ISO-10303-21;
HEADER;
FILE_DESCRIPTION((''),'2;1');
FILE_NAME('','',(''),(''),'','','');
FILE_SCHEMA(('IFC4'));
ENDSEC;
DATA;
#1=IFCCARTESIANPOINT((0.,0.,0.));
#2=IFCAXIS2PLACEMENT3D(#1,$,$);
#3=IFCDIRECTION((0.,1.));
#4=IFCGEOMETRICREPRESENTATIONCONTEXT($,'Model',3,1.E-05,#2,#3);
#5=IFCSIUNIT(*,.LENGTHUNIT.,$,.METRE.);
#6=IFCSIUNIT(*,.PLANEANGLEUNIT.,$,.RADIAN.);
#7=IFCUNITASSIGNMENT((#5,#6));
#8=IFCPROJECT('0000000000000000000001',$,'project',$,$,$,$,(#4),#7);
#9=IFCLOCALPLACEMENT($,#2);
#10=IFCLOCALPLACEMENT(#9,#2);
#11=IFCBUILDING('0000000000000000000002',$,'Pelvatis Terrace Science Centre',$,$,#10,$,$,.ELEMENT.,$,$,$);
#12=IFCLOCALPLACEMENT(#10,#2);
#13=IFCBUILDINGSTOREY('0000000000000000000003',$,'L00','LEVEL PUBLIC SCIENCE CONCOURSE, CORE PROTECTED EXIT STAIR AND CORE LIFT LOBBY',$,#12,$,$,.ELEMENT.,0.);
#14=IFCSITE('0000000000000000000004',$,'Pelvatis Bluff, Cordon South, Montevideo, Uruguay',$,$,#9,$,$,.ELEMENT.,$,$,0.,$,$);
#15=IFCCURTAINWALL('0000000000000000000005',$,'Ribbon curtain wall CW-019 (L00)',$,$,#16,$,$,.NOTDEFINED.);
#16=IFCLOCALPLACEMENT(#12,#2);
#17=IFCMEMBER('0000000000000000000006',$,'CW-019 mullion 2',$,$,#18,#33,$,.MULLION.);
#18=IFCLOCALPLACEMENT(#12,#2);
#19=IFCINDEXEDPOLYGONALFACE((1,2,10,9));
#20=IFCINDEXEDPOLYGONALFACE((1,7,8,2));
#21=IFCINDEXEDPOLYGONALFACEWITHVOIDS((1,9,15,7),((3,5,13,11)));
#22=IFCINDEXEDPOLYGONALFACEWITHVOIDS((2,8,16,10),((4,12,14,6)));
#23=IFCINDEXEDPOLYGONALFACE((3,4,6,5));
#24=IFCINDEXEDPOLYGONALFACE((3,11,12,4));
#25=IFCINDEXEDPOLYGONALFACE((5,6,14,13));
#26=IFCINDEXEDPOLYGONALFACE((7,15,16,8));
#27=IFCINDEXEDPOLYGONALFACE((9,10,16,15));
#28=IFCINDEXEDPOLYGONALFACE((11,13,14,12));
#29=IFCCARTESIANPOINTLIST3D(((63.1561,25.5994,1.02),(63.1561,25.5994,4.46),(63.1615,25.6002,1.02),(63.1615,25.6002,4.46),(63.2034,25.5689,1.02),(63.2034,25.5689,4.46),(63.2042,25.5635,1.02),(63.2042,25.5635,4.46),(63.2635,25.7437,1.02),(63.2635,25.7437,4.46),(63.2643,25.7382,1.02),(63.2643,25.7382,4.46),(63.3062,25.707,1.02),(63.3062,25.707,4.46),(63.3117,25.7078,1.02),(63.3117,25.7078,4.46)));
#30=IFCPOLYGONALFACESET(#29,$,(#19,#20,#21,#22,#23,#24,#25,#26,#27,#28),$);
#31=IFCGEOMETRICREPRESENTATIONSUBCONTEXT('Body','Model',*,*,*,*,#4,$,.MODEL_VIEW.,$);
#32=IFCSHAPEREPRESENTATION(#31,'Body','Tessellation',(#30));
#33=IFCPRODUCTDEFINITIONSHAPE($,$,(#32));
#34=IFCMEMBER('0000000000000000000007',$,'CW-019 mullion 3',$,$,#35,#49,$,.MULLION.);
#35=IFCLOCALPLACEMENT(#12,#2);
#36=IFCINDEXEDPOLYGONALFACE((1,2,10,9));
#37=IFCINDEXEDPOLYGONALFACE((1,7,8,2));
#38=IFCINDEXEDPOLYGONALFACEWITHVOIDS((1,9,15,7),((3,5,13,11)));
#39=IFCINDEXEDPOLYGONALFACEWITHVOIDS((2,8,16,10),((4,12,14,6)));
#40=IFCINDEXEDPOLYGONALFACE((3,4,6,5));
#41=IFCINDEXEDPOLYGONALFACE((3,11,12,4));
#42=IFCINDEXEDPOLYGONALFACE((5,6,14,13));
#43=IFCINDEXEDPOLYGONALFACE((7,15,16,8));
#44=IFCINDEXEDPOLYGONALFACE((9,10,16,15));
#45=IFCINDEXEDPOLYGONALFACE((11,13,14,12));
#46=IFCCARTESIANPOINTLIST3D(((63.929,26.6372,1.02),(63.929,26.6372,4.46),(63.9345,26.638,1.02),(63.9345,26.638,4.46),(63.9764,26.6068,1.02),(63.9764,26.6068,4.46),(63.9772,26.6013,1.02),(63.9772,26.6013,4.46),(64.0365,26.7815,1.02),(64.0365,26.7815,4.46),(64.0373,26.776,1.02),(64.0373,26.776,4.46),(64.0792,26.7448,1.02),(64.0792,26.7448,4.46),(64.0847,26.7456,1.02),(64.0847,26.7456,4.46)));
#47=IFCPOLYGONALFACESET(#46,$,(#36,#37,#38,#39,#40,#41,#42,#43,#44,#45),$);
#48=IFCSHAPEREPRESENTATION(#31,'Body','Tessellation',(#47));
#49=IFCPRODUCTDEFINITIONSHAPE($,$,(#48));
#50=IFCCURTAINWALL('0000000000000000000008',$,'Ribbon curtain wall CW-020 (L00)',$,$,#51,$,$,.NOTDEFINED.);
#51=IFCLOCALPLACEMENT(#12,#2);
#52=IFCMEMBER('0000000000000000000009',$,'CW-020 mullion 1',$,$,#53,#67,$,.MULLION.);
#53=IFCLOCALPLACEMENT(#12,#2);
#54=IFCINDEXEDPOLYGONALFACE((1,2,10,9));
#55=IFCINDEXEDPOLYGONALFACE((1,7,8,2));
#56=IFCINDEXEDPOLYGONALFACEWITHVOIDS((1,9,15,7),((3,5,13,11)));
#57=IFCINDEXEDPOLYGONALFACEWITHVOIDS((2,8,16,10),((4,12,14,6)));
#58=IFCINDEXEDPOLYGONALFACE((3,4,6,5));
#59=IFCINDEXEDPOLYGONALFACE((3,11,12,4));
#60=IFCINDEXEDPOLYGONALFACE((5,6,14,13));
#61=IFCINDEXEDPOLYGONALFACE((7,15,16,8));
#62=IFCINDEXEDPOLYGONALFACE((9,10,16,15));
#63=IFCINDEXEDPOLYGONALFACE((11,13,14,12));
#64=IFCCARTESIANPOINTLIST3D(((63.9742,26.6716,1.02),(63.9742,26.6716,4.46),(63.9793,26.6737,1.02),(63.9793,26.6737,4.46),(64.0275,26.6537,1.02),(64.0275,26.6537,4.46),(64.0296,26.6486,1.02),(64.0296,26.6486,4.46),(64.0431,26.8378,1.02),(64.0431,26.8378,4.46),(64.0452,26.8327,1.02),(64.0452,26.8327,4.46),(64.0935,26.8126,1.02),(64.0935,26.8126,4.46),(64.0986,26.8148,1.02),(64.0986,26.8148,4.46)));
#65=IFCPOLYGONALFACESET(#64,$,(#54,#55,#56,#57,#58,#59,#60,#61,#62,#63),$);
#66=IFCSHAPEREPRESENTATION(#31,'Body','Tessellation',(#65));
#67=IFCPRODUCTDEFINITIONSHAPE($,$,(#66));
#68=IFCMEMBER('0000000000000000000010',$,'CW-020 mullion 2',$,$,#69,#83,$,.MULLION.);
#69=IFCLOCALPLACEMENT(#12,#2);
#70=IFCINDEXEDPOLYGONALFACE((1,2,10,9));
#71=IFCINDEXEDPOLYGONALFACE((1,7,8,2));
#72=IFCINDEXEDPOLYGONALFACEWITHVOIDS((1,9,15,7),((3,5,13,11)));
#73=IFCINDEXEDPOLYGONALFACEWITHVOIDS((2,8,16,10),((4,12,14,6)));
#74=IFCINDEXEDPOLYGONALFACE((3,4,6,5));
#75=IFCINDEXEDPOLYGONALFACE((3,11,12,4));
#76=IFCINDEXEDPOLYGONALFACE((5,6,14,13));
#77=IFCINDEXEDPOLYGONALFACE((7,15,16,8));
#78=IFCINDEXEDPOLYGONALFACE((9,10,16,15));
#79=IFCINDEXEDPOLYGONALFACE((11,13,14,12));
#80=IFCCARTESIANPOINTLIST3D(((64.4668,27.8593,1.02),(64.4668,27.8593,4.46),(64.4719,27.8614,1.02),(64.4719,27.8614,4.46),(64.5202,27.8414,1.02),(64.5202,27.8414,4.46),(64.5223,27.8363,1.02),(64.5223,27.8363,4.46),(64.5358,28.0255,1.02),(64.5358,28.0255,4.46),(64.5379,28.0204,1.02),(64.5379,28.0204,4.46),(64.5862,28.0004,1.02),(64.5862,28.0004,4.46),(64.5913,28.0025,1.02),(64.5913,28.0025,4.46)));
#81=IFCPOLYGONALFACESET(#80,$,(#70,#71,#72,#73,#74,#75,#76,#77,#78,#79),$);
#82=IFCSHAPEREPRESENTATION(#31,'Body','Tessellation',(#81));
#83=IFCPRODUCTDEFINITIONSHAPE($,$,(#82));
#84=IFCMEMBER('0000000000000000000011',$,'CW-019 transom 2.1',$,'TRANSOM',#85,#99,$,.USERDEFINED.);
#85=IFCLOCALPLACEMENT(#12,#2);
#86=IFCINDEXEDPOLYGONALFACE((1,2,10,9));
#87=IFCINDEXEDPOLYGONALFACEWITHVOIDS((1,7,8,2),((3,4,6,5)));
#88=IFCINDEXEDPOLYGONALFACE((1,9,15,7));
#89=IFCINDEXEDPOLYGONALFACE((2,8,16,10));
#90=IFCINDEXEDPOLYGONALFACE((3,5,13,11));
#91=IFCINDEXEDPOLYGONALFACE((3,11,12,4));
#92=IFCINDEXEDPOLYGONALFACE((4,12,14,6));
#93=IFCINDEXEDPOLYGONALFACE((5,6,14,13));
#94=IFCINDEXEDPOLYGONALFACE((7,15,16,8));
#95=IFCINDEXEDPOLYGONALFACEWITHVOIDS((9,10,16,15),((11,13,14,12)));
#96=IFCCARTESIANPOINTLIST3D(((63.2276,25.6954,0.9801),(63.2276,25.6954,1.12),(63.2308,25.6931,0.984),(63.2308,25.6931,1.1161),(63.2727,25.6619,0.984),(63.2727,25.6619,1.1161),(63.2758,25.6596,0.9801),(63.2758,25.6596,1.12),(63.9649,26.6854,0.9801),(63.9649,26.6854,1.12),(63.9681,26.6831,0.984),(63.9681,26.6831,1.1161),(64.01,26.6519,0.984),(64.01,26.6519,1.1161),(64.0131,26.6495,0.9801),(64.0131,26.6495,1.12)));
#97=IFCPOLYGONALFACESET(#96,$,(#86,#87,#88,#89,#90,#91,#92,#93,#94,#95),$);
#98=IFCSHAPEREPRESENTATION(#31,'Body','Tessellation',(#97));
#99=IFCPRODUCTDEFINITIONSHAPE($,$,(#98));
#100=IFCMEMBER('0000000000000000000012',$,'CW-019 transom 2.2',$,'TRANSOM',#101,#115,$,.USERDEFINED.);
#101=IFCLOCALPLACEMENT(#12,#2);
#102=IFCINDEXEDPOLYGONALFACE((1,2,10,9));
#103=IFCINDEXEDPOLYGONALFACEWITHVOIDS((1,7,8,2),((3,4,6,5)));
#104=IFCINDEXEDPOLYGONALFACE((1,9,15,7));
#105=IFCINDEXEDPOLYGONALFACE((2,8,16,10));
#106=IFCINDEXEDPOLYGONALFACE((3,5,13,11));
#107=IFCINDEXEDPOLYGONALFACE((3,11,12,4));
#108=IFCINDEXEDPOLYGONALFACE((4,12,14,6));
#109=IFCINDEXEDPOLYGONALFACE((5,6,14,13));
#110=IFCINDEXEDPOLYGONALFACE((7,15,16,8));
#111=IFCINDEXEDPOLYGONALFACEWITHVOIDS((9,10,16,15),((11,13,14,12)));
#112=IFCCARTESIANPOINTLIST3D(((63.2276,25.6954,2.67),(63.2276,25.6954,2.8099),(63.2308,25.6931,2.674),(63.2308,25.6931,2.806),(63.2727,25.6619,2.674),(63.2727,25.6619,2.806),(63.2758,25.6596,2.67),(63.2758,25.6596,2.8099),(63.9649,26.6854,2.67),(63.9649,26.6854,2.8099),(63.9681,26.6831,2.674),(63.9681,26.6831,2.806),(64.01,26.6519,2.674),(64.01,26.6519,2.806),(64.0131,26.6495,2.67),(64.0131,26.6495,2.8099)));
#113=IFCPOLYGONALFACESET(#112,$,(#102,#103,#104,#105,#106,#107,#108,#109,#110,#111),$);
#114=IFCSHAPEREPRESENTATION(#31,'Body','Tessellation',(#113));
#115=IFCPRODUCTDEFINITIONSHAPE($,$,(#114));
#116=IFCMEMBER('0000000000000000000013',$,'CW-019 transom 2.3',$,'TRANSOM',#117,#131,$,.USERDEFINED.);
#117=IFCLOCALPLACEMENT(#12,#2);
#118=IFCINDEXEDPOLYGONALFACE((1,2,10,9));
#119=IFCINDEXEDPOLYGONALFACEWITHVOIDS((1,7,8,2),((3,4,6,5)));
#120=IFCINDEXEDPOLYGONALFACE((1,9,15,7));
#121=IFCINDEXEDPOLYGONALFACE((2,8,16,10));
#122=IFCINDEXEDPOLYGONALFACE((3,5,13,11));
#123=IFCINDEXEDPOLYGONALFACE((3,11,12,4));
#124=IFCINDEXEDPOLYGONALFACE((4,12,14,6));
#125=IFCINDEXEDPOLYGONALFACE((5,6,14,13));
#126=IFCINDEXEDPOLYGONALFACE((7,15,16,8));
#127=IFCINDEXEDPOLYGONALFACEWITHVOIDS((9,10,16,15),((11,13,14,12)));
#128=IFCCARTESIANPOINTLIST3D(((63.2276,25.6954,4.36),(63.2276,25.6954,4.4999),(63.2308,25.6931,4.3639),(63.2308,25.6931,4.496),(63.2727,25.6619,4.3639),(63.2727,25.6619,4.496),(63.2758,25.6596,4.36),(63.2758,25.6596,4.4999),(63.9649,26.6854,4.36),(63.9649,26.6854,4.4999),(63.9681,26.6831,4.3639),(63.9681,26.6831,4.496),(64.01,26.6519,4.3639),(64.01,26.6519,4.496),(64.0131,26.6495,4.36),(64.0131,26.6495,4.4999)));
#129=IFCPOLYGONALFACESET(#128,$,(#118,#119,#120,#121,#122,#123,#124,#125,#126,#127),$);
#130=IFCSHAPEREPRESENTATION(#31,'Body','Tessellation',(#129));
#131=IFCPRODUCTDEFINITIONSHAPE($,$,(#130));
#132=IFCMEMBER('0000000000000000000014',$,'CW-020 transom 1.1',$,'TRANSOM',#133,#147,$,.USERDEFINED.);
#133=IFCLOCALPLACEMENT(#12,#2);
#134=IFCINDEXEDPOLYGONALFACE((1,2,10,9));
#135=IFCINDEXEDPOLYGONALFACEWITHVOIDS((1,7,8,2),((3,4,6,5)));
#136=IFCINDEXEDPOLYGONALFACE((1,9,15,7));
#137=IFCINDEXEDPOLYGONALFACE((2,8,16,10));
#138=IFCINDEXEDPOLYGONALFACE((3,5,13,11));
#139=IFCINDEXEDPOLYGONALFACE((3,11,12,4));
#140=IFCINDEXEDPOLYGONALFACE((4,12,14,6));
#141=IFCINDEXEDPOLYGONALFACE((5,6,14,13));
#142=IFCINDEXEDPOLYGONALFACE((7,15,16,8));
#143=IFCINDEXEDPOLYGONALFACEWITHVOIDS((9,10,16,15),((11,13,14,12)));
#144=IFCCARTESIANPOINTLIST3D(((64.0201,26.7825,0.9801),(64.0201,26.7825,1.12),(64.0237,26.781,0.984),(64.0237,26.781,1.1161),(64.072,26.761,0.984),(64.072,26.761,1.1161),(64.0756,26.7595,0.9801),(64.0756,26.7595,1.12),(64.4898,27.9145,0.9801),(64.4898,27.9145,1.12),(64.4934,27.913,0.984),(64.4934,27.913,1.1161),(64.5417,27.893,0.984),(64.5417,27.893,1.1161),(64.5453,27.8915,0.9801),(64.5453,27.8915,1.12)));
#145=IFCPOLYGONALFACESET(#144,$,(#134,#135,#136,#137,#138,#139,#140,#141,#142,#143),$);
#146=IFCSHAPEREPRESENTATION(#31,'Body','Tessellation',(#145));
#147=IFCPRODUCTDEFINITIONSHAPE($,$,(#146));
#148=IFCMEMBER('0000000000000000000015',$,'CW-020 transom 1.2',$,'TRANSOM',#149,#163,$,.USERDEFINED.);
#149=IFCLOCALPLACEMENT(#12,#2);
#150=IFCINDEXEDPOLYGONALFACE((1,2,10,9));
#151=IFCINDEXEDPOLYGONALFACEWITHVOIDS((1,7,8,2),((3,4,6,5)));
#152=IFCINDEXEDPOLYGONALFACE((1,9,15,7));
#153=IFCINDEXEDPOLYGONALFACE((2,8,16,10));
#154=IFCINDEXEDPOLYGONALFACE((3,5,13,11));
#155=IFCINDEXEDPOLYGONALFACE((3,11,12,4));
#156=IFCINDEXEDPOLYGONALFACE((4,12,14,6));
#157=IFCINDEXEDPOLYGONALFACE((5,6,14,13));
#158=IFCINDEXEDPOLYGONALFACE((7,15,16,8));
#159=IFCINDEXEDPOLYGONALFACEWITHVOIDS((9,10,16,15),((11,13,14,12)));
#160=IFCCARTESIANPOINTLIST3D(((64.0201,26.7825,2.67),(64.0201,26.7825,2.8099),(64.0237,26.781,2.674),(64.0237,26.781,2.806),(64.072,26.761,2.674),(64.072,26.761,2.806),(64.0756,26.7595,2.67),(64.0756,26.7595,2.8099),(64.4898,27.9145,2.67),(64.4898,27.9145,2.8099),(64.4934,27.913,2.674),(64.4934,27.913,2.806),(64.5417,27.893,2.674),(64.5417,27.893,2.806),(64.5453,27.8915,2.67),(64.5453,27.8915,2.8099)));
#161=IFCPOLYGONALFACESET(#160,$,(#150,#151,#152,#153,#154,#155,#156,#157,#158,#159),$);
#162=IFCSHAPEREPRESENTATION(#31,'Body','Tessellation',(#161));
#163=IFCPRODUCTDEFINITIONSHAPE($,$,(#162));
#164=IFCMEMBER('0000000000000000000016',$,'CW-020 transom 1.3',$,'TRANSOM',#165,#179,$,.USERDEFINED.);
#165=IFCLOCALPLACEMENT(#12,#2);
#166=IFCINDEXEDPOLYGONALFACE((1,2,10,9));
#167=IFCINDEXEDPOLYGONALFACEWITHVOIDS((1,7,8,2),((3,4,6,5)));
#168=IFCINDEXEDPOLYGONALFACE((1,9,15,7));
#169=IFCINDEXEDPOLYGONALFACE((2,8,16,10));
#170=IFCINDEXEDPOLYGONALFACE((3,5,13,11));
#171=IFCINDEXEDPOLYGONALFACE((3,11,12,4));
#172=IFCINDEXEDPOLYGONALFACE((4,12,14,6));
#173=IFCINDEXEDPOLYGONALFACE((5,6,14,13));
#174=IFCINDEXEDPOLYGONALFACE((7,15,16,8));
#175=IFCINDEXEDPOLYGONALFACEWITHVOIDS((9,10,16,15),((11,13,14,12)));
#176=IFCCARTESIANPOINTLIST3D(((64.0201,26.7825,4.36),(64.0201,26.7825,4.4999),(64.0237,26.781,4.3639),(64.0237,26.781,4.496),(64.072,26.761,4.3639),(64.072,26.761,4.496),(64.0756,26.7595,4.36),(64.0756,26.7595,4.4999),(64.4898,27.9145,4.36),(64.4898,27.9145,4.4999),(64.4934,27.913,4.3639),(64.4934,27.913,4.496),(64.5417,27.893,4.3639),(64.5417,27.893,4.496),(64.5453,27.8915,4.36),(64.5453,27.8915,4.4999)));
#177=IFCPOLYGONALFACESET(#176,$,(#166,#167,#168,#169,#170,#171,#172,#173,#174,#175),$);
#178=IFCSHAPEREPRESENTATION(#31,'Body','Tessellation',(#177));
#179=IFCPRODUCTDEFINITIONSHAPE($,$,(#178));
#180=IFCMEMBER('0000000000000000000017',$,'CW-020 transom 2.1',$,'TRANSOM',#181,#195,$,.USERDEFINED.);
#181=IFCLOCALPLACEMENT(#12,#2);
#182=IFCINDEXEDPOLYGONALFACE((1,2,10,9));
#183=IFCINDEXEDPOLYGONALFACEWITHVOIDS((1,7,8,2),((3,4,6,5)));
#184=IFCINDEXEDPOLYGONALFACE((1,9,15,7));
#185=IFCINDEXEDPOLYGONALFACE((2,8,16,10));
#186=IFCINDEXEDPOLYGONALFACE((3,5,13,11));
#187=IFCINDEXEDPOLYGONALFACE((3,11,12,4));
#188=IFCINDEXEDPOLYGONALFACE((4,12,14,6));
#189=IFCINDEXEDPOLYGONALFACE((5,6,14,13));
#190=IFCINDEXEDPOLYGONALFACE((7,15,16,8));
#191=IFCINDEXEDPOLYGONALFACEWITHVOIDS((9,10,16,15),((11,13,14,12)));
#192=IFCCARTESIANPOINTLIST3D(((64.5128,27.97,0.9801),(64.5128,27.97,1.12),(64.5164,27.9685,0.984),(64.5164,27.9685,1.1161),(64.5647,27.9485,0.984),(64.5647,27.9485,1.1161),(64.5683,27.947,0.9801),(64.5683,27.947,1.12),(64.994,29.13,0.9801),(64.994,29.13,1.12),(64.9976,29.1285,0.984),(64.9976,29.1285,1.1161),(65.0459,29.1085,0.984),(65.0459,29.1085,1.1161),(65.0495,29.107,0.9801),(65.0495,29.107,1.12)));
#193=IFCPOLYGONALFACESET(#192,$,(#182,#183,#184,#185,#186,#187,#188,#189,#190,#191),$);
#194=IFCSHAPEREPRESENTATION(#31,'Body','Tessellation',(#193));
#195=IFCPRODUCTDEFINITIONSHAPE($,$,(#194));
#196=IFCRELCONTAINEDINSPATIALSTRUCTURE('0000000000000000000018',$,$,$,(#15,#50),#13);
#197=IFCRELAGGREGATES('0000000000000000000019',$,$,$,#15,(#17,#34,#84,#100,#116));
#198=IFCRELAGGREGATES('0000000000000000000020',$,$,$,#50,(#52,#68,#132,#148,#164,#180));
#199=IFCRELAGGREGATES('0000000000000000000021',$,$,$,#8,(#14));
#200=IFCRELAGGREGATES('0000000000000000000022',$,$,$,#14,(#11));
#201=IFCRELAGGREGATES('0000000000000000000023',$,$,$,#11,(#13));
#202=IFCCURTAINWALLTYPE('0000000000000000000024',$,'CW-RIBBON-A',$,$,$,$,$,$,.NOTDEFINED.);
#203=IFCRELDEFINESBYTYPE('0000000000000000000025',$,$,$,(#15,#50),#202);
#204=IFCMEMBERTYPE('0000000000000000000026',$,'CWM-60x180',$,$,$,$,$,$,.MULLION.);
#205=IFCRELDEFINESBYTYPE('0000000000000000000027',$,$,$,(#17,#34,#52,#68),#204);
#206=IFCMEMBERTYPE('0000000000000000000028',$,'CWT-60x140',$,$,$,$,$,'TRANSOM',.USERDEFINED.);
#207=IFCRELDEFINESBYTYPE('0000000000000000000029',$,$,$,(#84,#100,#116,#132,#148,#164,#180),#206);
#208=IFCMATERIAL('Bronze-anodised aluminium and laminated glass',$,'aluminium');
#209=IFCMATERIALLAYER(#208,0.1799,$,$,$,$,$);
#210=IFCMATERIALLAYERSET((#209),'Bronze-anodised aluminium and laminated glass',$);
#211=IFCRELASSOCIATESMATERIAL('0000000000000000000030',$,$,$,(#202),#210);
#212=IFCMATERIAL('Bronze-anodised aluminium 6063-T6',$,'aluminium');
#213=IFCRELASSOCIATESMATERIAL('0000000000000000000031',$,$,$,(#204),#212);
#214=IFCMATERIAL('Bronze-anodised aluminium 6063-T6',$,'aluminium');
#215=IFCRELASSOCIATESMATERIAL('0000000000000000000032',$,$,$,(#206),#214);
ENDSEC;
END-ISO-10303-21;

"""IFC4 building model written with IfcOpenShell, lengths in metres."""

from ifc_helpers import new_model, si_unit, direction, frame, origin, origin_2d, place, context, subcontext, project, spatial, hollow_rectangle, extrude, material, layer, layer_set, material_profile, profile_set, type_object, element, aggregate, save


model = new_model("IFC4")

# Units and contexts
model_context = context("Model", 3, precision=1e-05, world=origin(), true_north=direction((0.0, 1.0)))
body_context = subcontext(model_context, "Body", "Model", "MODEL_VIEW")
ifc_project = project(units=[si_unit("LENGTHUNIT", "METRE"), si_unit("PLANEANGLEUNIT", "RADIAN")], contexts=[model_context])

# Site, building, storey
site_placement = place(None, origin())
site = spatial("IfcSite", under=ifc_project, at=site_placement, Name="Pelvatis Bluff, Cordon South, Montevideo, Uruguay", CompositionType="ELEMENT", RefElevation=0.0)
building_placement = place(site_placement, origin())
building = spatial("IfcBuilding", under=site, at=building_placement, Name="Pelvatis Terrace Science Centre", CompositionType="ELEMENT")
storey_placement = place(building_placement, origin())
storey = spatial("IfcBuildingStorey", under=building, at=storey_placement, Name="L00", Description="LEVEL PUBLIC SCIENCE CONCOURSE, CORE PROTECTED EXIT STAIR AND CORE LIFT LOBBY", CompositionType="ELEMENT", Elevation=0.0)

# Curtain walls, members
ifc_material_1 = material(Name="Bronze-anodised aluminium and laminated glass", Category="aluminium")
ifc_layer_1 = layer(ifc_material_1, 0.1799)
ifc_layer_set_1 = layer_set([ifc_layer_1], Name="Bronze-anodised aluminium and laminated glass")
curtain_wall_type = type_object("IfcCurtainWallType", Name="CW-RIBBON-A", PredefinedType="NOTDEFINED", material=ifc_layer_set_1)
curtain_wall_1_placement = place(storey_placement, origin())
curtain_wall_1 = element("IfcCurtainWall", 1, at=curtain_wall_1_placement, inside=storey, type_object=curtain_wall_type, Name="Ribbon curtain wall CW-019 (L00)", PredefinedType="NOTDEFINED")
ifc_material_2 = material(Name="Bronze-anodised aluminium 6063-T6", Category="aluminium")
ifc_material_profile_1 = material_profile(ifc_material_2, hollow_rectangle(XDim=0.0601, YDim=0.1799, WallThickness=0.0039, at=origin_2d()), Name="ALU-MUL 60x180")
ifc_profile_set_1 = profile_set([ifc_material_profile_1], Name="Bronze-anodised aluminium 6063-T6")
member_type_1 = type_object("IfcMemberType", Name="CWM-60x180", PredefinedType="MULLION", material=ifc_profile_set_1)
member_1_placement = place(storey_placement, frame((63.2339, 25.6536, 1.02), z_axis=(0.0, 0.0, 1.0), x_axis=(-0.801976, 0.597357, 0.0)))
member_1 = element("IfcMember", 2, at=member_1_placement, type_object=member_type_1, Name="CW-019 mullion 2", PredefinedType="MULLION", context=body_context, shape_type="SweptSolid", body=[
    extrude(hollow_rectangle(XDim=0.0601, YDim=0.1799, WallThickness=0.0039, at=origin_2d()), origin(), (0.0, 0.0, 1.0), 3.4399),
])
member_2_placement = place(storey_placement, frame((64.0068, 26.6914, 1.02), z_axis=(0.0, 0.0, 1.0), x_axis=(-0.801976, 0.597357, 0.0)))
member_2 = element("IfcMember", 3, at=member_2_placement, type_object=member_type_1, Name="CW-019 mullion 3", PredefinedType="MULLION", context=body_context, shape_type="SweptSolid", body=[
    extrude(hollow_rectangle(XDim=0.0601, YDim=0.1799, WallThickness=0.0039, at=origin_2d()), origin(), (0.0, 0.0, 1.0), 3.4399),
])
curtain_wall_2_placement = place(storey_placement, origin())
curtain_wall_2 = element("IfcCurtainWall", 4, at=curtain_wall_2_placement, inside=storey, type_object=curtain_wall_type, Name="Ribbon curtain wall CW-020 (L00)", PredefinedType="NOTDEFINED")
member_3_placement = place(storey_placement, frame((64.0364, 26.7432, 1.02), z_axis=(0.0, 0.0, 1.0), x_axis=(-0.923675, 0.383176, 0.0)))
member_3 = element("IfcMember", 5, at=member_3_placement, type_object=member_type_1, Name="CW-020 mullion 1", PredefinedType="MULLION", context=body_context, shape_type="SweptSolid", body=[
    extrude(hollow_rectangle(XDim=0.0601, YDim=0.1799, WallThickness=0.0039, at=origin_2d()), origin(), (0.0, 0.0, 1.0), 3.4399),
])
member_4_placement = place(storey_placement, frame((64.5291, 27.9309, 1.02), z_axis=(0.0, 0.0, 1.0), x_axis=(-0.923675, 0.383176, 0.0)))
member_4 = element("IfcMember", 6, at=member_4_placement, type_object=member_type_1, Name="CW-020 mullion 2", PredefinedType="MULLION", context=body_context, shape_type="SweptSolid", body=[
    extrude(hollow_rectangle(XDim=0.0601, YDim=0.1799, WallThickness=0.0039, at=origin_2d()), origin(), (0.0, 0.0, 1.0), 3.4399),
])

# Members
ifc_material_3 = material(Name="Bronze-anodised aluminium 6063-T6", Category="aluminium")
ifc_material_profile_2 = material_profile(ifc_material_3, hollow_rectangle(XDim=0.0601, YDim=0.1399, WallThickness=0.0039, at=origin_2d()), Name="ALU-TRN 60x140")
ifc_profile_set_2 = profile_set([ifc_material_profile_2], Name="Bronze-anodised aluminium 6063-T6")
member_type_2 = type_object("IfcMemberType", Name="CWT-60x140", ElementType="TRANSOM", PredefinedType="USERDEFINED", material=ifc_profile_set_2)
member_5_placement = place(storey_placement, frame((63.2517, 25.6775, 1.05), z_axis=(0.597307, 0.802013, 0.0), x_axis=(-0.802013, 0.597307, 0.0)))
member_5 = element("IfcMember", 7, at=member_5_placement, type_object=member_type_2, Name="CW-019 transom 2.1", ObjectType="TRANSOM", PredefinedType="USERDEFINED", context=body_context, shape_type="SweptSolid", body=[
    extrude(hollow_rectangle(XDim=0.0601, YDim=0.1399, WallThickness=0.0039, at=origin_2d()), origin(), (0.0, 0.0, 1.0), 1.2344),
])
member_6_placement = place(storey_placement, frame((63.2517, 25.6775, 2.74), z_axis=(0.597307, 0.802013, 0.0), x_axis=(-0.802013, 0.597307, 0.0)))
member_6 = element("IfcMember", 8, at=member_6_placement, type_object=member_type_2, Name="CW-019 transom 2.2", ObjectType="TRANSOM", PredefinedType="USERDEFINED", context=body_context, shape_type="SweptSolid", body=[
    extrude(hollow_rectangle(XDim=0.0601, YDim=0.1399, WallThickness=0.0039, at=origin_2d()), origin(), (0.0, 0.0, 1.0), 1.2344),
])
member_7_placement = place(storey_placement, frame((63.2517, 25.6775, 4.4299), z_axis=(0.597307, 0.802013, 0.0), x_axis=(-0.802013, 0.597307, 0.0)))
member_7 = element("IfcMember", 9, at=member_7_placement, type_object=member_type_2, Name="CW-019 transom 2.3", ObjectType="TRANSOM", PredefinedType="USERDEFINED", context=body_context, shape_type="SweptSolid", body=[
    extrude(hollow_rectangle(XDim=0.0601, YDim=0.1399, WallThickness=0.0039, at=origin_2d()), origin(), (0.0, 0.0, 1.0), 1.2344),
])
member_8_placement = place(storey_placement, frame((64.0479, 26.771, 1.05), z_axis=(0.383243, 0.923648, 0.0), x_axis=(-0.923648, 0.383243, 0.0)))
member_8 = element("IfcMember", 10, at=member_8_placement, type_object=member_type_2, Name="CW-020 transom 1.1", ObjectType="TRANSOM", PredefinedType="USERDEFINED", context=body_context, shape_type="SweptSolid", body=[
    extrude(hollow_rectangle(XDim=0.0601, YDim=0.1399, WallThickness=0.0039, at=origin_2d()), origin(), (0.0, 0.0, 1.0), 1.2256),
])
member_9_placement = place(storey_placement, frame((64.0479, 26.771, 2.74), z_axis=(0.383243, 0.923648, 0.0), x_axis=(-0.923648, 0.383243, 0.0)))
member_9 = element("IfcMember", 11, at=member_9_placement, type_object=member_type_2, Name="CW-020 transom 1.2", ObjectType="TRANSOM", PredefinedType="USERDEFINED", context=body_context, shape_type="SweptSolid", body=[
    extrude(hollow_rectangle(XDim=0.0601, YDim=0.1399, WallThickness=0.0039, at=origin_2d()), origin(), (0.0, 0.0, 1.0), 1.2256),
])
member_10_placement = place(storey_placement, frame((64.0479, 26.771, 4.4299), z_axis=(0.383243, 0.923648, 0.0), x_axis=(-0.923648, 0.383243, 0.0)))
member_10 = element("IfcMember", 12, at=member_10_placement, type_object=member_type_2, Name="CW-020 transom 1.3", ObjectType="TRANSOM", PredefinedType="USERDEFINED", context=body_context, shape_type="SweptSolid", body=[
    extrude(hollow_rectangle(XDim=0.0601, YDim=0.1399, WallThickness=0.0039, at=origin_2d()), origin(), (0.0, 0.0, 1.0), 1.2256),
])
member_11_placement = place(storey_placement, frame((64.5405, 27.9585, 1.05), z_axis=(0.383193, 0.923668, 0.0), x_axis=(-0.923668, 0.383193, 0.0)))
member_11 = element("IfcMember", 13, at=member_11_placement, type_object=member_type_2, Name="CW-020 transom 2.1", ObjectType="TRANSOM", PredefinedType="USERDEFINED", context=body_context, shape_type="SweptSolid", body=[
    extrude(hollow_rectangle(XDim=0.0601, YDim=0.1399, WallThickness=0.0039, at=origin_2d()), origin(), (0.0, 0.0, 1.0), 1.2559),
])

aggregate(curtain_wall_1, [member_1, member_2, member_5, member_6, member_7])
aggregate(curtain_wall_2, [member_3, member_4, member_8, member_9, member_10, member_11])

save(model, "model.ifc")
